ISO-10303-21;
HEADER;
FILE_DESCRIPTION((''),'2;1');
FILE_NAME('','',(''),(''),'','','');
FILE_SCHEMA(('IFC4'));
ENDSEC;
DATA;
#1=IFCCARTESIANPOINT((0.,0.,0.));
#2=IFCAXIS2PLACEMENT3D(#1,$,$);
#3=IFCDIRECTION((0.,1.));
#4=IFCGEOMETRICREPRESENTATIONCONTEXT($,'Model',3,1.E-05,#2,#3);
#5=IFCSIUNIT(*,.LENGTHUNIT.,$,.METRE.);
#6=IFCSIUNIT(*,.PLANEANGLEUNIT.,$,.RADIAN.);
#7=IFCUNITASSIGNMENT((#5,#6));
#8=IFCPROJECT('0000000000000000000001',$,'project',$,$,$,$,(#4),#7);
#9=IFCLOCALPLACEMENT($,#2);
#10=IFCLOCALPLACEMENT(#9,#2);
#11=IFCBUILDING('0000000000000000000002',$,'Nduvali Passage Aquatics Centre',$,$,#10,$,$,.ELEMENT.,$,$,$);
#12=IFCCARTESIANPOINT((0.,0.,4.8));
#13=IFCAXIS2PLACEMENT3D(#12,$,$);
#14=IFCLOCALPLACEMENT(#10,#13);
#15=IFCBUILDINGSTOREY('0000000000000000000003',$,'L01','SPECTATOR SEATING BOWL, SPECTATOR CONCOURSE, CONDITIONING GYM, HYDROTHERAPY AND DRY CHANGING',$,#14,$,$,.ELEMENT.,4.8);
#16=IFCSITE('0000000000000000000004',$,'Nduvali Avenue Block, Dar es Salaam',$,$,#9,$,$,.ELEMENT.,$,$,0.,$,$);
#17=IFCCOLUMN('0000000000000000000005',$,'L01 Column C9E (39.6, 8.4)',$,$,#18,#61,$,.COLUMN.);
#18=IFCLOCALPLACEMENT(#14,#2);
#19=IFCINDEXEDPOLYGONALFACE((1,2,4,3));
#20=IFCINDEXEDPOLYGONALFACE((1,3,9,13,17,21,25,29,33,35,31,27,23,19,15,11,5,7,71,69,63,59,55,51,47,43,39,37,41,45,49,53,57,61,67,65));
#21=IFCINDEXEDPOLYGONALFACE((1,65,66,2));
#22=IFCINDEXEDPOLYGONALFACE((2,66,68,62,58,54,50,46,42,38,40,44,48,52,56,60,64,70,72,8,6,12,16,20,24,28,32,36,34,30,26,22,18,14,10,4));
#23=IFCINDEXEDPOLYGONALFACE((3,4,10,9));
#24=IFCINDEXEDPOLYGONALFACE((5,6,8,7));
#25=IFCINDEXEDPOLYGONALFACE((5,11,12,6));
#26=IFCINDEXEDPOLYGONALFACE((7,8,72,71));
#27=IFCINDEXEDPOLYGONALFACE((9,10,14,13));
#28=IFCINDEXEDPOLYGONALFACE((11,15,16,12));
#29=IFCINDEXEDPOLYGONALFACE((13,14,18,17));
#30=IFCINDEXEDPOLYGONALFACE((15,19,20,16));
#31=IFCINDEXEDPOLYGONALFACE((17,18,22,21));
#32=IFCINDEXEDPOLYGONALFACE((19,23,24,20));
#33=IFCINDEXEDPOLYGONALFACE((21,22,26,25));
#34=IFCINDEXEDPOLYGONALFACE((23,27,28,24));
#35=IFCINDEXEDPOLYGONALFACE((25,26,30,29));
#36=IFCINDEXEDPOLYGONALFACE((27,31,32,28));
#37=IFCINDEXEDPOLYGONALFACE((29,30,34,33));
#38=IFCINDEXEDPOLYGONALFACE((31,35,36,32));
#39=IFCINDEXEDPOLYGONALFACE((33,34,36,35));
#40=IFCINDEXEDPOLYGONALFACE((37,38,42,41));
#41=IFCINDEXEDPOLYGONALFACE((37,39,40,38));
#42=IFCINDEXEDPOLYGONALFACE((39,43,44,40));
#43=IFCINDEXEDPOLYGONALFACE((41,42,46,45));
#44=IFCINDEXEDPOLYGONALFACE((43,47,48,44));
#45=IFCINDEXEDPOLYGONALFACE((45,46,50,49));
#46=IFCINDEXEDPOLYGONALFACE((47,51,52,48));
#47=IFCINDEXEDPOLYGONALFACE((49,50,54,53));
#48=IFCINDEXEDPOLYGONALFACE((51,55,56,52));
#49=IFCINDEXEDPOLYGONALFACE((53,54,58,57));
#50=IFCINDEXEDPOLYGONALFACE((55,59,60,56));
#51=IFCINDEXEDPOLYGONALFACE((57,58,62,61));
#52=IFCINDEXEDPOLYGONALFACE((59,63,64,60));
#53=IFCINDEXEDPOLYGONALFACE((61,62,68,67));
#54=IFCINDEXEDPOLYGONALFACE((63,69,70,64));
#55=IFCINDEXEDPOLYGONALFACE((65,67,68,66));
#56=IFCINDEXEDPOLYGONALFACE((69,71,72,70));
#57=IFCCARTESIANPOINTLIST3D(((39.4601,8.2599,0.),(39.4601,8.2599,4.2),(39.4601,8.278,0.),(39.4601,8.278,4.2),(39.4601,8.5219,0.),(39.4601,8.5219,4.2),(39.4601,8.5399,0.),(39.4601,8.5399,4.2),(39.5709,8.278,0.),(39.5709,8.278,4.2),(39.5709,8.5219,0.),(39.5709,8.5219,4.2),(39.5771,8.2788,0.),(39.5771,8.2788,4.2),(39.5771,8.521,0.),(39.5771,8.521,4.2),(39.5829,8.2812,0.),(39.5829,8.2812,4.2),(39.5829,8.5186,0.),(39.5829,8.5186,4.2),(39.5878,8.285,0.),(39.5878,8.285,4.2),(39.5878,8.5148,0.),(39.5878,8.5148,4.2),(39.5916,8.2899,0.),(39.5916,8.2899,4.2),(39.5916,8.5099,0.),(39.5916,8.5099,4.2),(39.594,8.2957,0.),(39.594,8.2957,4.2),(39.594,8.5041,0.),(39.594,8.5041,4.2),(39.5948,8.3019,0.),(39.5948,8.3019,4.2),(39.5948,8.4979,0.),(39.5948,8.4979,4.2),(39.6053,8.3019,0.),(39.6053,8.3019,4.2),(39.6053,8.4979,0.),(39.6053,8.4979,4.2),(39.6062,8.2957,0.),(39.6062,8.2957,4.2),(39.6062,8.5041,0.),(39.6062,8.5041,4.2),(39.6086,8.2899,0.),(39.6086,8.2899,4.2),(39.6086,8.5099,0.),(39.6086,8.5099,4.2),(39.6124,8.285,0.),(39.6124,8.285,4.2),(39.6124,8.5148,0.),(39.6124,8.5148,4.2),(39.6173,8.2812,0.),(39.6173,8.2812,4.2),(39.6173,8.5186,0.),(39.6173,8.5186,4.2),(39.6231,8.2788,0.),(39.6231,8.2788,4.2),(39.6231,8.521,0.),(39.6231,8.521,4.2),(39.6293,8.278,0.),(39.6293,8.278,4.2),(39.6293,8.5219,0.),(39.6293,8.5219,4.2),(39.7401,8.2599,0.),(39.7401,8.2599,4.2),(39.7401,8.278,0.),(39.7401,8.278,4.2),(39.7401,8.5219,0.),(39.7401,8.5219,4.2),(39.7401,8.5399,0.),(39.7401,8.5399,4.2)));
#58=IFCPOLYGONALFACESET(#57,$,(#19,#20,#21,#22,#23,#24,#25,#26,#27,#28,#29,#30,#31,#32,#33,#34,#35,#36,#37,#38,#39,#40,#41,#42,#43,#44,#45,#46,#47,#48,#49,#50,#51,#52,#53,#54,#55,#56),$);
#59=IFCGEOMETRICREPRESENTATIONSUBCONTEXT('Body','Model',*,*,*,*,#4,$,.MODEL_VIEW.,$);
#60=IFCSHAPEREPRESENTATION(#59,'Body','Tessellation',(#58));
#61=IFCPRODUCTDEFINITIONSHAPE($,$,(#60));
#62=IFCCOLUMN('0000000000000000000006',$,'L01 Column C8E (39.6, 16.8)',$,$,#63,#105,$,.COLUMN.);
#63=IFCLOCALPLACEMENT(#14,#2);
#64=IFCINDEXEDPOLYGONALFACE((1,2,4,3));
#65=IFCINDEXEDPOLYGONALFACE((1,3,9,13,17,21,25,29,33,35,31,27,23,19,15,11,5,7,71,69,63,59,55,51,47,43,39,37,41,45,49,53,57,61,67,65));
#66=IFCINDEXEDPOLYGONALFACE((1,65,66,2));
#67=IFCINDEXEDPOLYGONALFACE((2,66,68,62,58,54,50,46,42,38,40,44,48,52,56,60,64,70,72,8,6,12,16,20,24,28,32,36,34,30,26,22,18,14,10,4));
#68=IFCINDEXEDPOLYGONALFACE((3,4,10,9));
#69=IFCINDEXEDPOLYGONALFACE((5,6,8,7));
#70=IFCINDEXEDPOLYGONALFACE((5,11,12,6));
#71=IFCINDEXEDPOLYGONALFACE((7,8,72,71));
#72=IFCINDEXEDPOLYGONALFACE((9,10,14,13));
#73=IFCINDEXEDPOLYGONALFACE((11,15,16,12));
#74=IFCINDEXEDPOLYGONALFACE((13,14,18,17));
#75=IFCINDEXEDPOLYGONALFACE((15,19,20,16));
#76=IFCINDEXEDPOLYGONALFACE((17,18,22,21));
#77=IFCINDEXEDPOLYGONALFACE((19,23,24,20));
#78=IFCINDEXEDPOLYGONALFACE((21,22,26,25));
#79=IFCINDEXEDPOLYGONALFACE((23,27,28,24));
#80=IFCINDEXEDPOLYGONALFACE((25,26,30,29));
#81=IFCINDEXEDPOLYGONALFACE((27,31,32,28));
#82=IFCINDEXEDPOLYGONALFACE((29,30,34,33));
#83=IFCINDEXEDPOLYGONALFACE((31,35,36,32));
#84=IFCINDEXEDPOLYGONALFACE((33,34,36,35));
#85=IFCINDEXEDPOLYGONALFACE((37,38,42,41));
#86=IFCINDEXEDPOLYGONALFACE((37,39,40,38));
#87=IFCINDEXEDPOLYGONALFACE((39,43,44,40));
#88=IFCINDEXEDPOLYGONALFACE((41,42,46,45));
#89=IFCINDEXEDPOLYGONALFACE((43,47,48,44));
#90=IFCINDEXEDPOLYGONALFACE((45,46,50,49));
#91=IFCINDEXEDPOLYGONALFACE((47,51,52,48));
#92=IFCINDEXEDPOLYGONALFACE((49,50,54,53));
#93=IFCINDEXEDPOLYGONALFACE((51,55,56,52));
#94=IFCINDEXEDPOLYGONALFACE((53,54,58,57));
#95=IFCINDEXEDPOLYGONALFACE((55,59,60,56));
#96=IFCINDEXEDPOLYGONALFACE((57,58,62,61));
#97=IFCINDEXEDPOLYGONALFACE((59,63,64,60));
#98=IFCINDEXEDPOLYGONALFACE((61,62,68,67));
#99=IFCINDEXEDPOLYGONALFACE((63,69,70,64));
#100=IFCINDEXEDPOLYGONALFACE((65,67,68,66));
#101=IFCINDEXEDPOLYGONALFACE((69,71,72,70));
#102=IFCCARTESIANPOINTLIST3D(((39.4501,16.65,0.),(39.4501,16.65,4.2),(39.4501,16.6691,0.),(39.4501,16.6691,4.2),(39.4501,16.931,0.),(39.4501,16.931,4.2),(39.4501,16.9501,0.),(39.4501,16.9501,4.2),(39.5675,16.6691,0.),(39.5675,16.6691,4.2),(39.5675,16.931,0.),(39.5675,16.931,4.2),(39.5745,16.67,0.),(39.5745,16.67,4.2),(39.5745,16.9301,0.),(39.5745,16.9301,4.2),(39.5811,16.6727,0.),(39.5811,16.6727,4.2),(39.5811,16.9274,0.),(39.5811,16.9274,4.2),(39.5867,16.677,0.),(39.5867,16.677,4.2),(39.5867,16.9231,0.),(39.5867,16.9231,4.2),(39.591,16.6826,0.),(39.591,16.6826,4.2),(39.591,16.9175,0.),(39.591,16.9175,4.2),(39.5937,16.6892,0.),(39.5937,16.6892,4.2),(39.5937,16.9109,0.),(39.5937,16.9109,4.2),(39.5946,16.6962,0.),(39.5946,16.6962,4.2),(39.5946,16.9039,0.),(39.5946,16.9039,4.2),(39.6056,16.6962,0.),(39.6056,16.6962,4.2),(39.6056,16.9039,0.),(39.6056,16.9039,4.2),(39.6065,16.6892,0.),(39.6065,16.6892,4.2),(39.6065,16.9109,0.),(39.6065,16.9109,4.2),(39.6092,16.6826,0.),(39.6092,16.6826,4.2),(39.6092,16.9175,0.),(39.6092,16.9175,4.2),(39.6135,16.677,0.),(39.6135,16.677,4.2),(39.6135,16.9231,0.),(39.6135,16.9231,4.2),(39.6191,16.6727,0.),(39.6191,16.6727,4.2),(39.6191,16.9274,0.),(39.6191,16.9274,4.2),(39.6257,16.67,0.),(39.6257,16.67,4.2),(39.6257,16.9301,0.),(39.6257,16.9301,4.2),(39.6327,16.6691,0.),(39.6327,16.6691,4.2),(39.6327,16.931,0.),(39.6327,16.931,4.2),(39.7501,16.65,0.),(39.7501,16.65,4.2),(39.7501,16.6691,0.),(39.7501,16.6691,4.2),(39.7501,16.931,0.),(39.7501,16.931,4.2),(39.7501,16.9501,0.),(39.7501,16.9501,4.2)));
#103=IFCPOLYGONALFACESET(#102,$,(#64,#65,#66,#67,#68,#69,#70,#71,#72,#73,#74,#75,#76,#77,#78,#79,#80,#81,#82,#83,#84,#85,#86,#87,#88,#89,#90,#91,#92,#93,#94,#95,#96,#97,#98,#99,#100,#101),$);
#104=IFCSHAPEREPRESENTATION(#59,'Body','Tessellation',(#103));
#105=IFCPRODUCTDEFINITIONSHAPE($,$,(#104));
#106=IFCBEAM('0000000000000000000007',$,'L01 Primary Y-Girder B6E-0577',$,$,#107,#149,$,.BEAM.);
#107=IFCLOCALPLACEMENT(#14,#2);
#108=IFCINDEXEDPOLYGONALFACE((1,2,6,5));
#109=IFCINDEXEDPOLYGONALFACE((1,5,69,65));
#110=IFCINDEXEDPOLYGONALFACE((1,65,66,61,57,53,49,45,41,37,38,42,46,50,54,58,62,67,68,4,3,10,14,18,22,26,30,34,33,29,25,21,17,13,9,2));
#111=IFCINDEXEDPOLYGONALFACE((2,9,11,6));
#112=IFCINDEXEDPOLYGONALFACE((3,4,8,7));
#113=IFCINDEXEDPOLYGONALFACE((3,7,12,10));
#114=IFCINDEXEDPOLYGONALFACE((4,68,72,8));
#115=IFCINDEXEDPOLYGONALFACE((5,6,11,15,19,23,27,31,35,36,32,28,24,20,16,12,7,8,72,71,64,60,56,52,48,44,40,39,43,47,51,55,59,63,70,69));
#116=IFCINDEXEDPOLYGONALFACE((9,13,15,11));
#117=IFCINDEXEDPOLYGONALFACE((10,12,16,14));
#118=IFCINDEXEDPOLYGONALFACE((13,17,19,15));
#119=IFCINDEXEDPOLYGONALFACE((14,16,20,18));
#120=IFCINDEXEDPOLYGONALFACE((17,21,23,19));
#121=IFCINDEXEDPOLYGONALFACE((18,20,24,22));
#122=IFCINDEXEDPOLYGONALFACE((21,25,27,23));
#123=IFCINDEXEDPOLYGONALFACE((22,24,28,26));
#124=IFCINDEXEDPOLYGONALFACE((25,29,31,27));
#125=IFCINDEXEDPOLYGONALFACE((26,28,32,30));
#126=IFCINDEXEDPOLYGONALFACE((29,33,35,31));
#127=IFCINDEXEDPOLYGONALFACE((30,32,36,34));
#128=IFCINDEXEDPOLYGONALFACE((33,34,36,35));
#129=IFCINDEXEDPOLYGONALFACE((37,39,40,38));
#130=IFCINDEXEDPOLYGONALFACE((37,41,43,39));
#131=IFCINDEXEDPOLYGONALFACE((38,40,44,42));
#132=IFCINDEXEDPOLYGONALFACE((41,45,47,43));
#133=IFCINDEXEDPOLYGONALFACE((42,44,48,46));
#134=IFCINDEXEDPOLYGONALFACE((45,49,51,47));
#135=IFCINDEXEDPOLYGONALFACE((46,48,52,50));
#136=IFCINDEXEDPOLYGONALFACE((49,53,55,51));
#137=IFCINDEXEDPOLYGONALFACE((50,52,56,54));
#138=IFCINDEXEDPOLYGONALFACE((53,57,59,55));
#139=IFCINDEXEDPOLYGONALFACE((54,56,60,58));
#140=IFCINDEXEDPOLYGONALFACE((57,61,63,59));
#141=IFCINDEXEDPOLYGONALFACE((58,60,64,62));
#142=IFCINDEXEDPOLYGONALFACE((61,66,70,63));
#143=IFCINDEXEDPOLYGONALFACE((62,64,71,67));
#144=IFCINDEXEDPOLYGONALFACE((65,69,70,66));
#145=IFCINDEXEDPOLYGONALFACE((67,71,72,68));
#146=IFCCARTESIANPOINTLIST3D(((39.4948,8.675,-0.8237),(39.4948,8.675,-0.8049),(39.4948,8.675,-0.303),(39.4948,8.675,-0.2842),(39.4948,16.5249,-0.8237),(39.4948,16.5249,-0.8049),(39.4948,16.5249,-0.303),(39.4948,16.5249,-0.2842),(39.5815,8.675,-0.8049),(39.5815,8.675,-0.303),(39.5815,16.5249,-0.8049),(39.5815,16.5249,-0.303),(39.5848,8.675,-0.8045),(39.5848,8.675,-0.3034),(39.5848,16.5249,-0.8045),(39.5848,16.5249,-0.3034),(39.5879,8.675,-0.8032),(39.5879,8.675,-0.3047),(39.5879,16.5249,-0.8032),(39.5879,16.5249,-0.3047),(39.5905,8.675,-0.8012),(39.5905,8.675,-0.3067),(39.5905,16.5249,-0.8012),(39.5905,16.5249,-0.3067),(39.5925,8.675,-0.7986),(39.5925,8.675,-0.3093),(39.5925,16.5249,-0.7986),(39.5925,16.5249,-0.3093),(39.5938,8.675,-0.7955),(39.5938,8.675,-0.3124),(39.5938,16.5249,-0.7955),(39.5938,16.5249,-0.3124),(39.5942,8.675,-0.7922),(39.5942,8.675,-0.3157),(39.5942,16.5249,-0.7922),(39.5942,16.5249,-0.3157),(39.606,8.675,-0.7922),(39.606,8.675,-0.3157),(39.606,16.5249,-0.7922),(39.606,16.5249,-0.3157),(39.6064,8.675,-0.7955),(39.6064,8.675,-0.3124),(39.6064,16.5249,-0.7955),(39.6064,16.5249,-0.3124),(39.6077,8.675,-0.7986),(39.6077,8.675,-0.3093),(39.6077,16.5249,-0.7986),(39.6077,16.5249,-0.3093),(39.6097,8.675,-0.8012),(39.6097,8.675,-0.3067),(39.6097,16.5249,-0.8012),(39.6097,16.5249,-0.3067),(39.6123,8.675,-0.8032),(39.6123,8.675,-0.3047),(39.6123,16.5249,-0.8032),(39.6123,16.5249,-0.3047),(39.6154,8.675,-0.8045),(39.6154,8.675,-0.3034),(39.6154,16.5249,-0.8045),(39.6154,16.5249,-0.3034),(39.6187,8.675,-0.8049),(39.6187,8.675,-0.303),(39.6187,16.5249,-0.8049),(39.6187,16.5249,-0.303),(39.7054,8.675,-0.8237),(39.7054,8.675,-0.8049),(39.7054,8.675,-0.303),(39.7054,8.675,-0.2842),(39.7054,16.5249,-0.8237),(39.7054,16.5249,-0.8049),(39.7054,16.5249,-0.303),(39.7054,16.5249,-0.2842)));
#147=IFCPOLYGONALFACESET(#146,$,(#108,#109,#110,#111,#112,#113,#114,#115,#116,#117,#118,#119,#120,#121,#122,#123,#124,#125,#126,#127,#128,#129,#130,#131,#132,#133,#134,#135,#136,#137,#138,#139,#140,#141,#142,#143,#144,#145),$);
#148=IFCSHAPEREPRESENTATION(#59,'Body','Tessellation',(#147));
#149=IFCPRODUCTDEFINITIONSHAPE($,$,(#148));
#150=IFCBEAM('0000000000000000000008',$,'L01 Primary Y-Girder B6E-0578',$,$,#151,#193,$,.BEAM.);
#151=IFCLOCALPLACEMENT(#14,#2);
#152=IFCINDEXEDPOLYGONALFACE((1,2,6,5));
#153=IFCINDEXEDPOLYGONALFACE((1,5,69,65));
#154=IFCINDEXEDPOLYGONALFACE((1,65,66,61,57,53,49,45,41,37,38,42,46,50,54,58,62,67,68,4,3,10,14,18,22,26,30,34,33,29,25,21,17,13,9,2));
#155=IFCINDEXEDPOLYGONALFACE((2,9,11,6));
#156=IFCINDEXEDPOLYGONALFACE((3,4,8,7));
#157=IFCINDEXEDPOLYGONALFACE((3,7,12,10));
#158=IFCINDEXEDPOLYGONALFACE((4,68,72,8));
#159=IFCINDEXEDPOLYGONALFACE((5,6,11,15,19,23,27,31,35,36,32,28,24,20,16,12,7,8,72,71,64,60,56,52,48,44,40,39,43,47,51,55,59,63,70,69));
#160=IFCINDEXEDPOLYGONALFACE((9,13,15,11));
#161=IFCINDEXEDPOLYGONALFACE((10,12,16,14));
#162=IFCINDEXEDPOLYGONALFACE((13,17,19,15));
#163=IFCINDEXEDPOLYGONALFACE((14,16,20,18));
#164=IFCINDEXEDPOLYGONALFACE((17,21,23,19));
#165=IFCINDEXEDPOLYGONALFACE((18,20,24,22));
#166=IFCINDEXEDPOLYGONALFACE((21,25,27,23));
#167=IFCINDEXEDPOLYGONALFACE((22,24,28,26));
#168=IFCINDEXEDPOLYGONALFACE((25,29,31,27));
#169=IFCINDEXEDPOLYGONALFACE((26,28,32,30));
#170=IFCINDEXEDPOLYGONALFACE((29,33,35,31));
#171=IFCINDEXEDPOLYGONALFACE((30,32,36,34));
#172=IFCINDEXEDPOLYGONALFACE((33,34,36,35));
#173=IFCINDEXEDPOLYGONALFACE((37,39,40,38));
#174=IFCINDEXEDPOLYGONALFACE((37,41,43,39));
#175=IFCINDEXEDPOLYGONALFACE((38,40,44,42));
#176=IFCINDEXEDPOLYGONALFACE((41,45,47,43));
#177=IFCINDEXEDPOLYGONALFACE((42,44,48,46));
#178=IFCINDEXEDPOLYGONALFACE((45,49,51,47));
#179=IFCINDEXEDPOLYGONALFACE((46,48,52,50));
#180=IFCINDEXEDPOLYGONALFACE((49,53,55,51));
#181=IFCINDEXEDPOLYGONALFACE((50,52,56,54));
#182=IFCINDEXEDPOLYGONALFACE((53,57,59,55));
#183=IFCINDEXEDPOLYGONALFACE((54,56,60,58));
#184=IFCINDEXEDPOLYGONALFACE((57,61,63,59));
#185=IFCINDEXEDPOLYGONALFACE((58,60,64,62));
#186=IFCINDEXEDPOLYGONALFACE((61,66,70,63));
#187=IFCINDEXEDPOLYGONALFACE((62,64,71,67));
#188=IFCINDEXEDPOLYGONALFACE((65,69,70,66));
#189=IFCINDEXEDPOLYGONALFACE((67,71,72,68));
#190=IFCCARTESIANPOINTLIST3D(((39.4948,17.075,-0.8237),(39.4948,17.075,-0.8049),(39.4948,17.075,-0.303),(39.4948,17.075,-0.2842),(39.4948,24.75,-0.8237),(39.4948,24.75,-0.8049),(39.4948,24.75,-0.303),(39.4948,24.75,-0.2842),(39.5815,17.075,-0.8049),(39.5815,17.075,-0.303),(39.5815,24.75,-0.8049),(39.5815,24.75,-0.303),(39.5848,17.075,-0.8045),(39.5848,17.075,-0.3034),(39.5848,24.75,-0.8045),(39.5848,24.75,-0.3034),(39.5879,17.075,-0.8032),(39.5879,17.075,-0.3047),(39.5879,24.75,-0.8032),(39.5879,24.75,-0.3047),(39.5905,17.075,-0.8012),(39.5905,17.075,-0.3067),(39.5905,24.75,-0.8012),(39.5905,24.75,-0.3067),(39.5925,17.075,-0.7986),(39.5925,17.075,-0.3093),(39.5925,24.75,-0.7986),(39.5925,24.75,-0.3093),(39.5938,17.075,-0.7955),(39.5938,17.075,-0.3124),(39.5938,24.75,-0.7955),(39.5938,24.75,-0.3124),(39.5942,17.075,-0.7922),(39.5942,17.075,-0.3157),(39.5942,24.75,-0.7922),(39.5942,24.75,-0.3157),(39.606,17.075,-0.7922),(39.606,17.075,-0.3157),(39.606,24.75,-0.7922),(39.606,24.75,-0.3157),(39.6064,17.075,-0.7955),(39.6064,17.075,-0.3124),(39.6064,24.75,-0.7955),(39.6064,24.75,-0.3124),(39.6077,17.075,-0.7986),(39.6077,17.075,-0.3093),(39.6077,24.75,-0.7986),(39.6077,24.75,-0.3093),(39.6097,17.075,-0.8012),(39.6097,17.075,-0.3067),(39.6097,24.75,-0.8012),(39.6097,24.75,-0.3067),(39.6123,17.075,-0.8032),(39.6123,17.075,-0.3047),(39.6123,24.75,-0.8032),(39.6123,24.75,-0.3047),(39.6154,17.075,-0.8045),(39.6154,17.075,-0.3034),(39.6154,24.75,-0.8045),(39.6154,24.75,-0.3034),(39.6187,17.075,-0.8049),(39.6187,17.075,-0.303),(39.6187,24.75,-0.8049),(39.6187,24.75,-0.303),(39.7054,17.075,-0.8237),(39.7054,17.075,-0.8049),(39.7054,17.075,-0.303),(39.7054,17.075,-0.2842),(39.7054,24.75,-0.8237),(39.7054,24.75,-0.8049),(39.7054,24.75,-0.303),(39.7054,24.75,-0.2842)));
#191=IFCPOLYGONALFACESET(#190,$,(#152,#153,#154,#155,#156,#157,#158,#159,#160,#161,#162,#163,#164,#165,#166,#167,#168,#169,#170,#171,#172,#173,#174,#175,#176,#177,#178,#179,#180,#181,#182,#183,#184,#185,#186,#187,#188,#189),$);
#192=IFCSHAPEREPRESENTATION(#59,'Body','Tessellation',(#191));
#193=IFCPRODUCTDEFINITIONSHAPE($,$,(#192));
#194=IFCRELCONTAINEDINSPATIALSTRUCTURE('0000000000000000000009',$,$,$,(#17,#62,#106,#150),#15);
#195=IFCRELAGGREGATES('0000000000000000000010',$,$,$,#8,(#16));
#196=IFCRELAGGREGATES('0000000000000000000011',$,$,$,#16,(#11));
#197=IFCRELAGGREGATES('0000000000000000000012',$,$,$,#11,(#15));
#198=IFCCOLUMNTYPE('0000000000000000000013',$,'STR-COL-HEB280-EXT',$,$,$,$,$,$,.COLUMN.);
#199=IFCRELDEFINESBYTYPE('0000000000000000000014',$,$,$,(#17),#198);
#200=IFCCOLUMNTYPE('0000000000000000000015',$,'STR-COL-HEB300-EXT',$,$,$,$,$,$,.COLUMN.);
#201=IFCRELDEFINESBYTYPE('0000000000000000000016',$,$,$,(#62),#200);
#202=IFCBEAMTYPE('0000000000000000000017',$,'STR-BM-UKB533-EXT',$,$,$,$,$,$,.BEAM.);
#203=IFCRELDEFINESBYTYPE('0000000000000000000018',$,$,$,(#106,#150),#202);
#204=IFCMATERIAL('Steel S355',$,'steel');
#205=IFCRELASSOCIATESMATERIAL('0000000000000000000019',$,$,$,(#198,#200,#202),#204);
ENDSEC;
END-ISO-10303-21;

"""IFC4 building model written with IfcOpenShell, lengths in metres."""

from ifc_helpers import new_model, si_unit, direction, frame, origin, origin_2d, place, context, subcontext, project, spatial, i_section, extrude, material, material_profile, profile_set, type_object, element, save


model = new_model("IFC4")

# Units and contexts
model_context = context("Model", 3, precision=1e-05, world=origin(), true_north=direction((0.0, 1.0)))
body_context = subcontext(model_context, "Body", "Model", "MODEL_VIEW")
ifc_project = project(units=[si_unit("LENGTHUNIT", "METRE"), si_unit("PLANEANGLEUNIT", "RADIAN")], contexts=[model_context])

# Site, building, storey
site_placement = place(None, origin())
site = spatial("IfcSite", under=ifc_project, at=site_placement, Name="Nduvali Avenue Block, Dar es Salaam", CompositionType="ELEMENT", RefElevation=0.0)
building_placement = place(site_placement, origin())
building = spatial("IfcBuilding", under=site, at=building_placement, Name="Nduvali Passage Aquatics Centre", CompositionType="ELEMENT")
storey_placement = place(building_placement, frame((0.0, 0.0, 4.8)))
storey = spatial("IfcBuildingStorey", under=building, at=storey_placement, Name="L01", Description="SPECTATOR SEATING BOWL, SPECTATOR CONCOURSE, CONDITIONING GYM, HYDROTHERAPY AND DRY CHANGING", CompositionType="ELEMENT", Elevation=4.8)

# Columns
ifc_material_1 = material(Name="Steel S355", Category="steel")
ifc_material_profile_1 = material_profile(ifc_material_1, i_section(OverallWidth=0.28, OverallDepth=0.28, WebThickness=0.0105, FlangeThickness=0.0181, FilletRadius=0.0239, at=origin_2d()), Name="HEB 280")
ifc_profile_set_1 = profile_set([ifc_material_profile_1], Name="Steel S355")
column_type_1 = type_object("IfcColumnType", Name="STR-COL-HEB280-EXT", PredefinedType="COLUMN", material=ifc_profile_set_1)
column_1_placement = place(storey_placement, frame((39.6001, 8.3999, 0.0), z_axis=(0.0, 0.0, 1.0), x_axis=(1.0, 0.0, 0.0)))
element("IfcColumn", 1, at=column_1_placement, inside=storey, type_object=column_type_1, Name="L01 Column C9E (39.6, 8.4)", PredefinedType="COLUMN", context=body_context, shape_type="SweptSolid", body=[
    extrude(i_section(OverallWidth=0.28, OverallDepth=0.28, WebThickness=0.0105, FlangeThickness=0.0181, FilletRadius=0.0239, at=origin_2d()), origin(), (0.0, 0.0, 1.0), 4.2),
])
ifc_material_profile_2 = material_profile(ifc_material_1, i_section(OverallWidth=0.3, OverallDepth=0.3, WebThickness=0.011, FlangeThickness=0.019, FilletRadius=0.0271, at=origin_2d()), Name="HEB 300")
ifc_profile_set_2 = profile_set([ifc_material_profile_2], Name="Steel S355")
column_type_2 = type_object("IfcColumnType", Name="STR-COL-HEB300-EXT", PredefinedType="COLUMN", material=ifc_profile_set_2)
column_2_placement = place(storey_placement, frame((39.6001, 16.8, 0.0), z_axis=(0.0, 0.0, 1.0), x_axis=(1.0, 0.0, 0.0)))
element("IfcColumn", 2, at=column_2_placement, inside=storey, type_object=column_type_2, Name="L01 Column C8E (39.6, 16.8)", PredefinedType="COLUMN", context=body_context, shape_type="SweptSolid", body=[
    extrude(i_section(OverallWidth=0.3, OverallDepth=0.3, WebThickness=0.011, FlangeThickness=0.019, FilletRadius=0.0271, at=origin_2d()), origin(), (0.0, 0.0, 1.0), 4.2),
])

# Beams
ifc_material_profile_3 = material_profile(ifc_material_1, i_section(OverallWidth=0.2107, OverallDepth=0.5396, WebThickness=0.0117, FlangeThickness=0.0188, FilletRadius=0.0127, at=origin_2d()), Name="UKB 533x210x109")
ifc_profile_set_3 = profile_set([ifc_material_profile_3], Name="Steel S355")
beam_type_1 = type_object("IfcBeamType", Name="STR-BM-UKB533-EXT", PredefinedType="BEAM", material=ifc_profile_set_3)
beam_1_placement = place(storey_placement, frame((39.6001, 8.675, -0.554), z_axis=(0.0, 1.0, 0.0), x_axis=(-1.0, 0.0, 0.0)))
element("IfcBeam", 3, at=beam_1_placement, inside=storey, type_object=beam_type_1, Name="L01 Primary Y-Girder B6E-0577", PredefinedType="BEAM", context=body_context, shape_type="SweptSolid", body=[
    extrude(i_section(OverallWidth=0.2107, OverallDepth=0.5396, WebThickness=0.0117, FlangeThickness=0.0188, FilletRadius=0.0127, at=origin_2d()), origin(), (0.0, 0.0, 1.0), 7.8499),
])
beam_2_placement = place(storey_placement, frame((39.6001, 17.075, -0.554), z_axis=(0.0, 1.0, 0.0), x_axis=(-1.0, 0.0, 0.0)))
element("IfcBeam", 4, at=beam_2_placement, inside=storey, type_object=beam_type_1, Name="L01 Primary Y-Girder B6E-0578", PredefinedType="BEAM", context=body_context, shape_type="SweptSolid", body=[
    extrude(i_section(OverallWidth=0.2107, OverallDepth=0.5396, WebThickness=0.0117, FlangeThickness=0.0188, FilletRadius=0.0127, at=origin_2d()), origin(), (0.0, 0.0, 1.0), 7.675),
])

save(model, "model.ifc")
